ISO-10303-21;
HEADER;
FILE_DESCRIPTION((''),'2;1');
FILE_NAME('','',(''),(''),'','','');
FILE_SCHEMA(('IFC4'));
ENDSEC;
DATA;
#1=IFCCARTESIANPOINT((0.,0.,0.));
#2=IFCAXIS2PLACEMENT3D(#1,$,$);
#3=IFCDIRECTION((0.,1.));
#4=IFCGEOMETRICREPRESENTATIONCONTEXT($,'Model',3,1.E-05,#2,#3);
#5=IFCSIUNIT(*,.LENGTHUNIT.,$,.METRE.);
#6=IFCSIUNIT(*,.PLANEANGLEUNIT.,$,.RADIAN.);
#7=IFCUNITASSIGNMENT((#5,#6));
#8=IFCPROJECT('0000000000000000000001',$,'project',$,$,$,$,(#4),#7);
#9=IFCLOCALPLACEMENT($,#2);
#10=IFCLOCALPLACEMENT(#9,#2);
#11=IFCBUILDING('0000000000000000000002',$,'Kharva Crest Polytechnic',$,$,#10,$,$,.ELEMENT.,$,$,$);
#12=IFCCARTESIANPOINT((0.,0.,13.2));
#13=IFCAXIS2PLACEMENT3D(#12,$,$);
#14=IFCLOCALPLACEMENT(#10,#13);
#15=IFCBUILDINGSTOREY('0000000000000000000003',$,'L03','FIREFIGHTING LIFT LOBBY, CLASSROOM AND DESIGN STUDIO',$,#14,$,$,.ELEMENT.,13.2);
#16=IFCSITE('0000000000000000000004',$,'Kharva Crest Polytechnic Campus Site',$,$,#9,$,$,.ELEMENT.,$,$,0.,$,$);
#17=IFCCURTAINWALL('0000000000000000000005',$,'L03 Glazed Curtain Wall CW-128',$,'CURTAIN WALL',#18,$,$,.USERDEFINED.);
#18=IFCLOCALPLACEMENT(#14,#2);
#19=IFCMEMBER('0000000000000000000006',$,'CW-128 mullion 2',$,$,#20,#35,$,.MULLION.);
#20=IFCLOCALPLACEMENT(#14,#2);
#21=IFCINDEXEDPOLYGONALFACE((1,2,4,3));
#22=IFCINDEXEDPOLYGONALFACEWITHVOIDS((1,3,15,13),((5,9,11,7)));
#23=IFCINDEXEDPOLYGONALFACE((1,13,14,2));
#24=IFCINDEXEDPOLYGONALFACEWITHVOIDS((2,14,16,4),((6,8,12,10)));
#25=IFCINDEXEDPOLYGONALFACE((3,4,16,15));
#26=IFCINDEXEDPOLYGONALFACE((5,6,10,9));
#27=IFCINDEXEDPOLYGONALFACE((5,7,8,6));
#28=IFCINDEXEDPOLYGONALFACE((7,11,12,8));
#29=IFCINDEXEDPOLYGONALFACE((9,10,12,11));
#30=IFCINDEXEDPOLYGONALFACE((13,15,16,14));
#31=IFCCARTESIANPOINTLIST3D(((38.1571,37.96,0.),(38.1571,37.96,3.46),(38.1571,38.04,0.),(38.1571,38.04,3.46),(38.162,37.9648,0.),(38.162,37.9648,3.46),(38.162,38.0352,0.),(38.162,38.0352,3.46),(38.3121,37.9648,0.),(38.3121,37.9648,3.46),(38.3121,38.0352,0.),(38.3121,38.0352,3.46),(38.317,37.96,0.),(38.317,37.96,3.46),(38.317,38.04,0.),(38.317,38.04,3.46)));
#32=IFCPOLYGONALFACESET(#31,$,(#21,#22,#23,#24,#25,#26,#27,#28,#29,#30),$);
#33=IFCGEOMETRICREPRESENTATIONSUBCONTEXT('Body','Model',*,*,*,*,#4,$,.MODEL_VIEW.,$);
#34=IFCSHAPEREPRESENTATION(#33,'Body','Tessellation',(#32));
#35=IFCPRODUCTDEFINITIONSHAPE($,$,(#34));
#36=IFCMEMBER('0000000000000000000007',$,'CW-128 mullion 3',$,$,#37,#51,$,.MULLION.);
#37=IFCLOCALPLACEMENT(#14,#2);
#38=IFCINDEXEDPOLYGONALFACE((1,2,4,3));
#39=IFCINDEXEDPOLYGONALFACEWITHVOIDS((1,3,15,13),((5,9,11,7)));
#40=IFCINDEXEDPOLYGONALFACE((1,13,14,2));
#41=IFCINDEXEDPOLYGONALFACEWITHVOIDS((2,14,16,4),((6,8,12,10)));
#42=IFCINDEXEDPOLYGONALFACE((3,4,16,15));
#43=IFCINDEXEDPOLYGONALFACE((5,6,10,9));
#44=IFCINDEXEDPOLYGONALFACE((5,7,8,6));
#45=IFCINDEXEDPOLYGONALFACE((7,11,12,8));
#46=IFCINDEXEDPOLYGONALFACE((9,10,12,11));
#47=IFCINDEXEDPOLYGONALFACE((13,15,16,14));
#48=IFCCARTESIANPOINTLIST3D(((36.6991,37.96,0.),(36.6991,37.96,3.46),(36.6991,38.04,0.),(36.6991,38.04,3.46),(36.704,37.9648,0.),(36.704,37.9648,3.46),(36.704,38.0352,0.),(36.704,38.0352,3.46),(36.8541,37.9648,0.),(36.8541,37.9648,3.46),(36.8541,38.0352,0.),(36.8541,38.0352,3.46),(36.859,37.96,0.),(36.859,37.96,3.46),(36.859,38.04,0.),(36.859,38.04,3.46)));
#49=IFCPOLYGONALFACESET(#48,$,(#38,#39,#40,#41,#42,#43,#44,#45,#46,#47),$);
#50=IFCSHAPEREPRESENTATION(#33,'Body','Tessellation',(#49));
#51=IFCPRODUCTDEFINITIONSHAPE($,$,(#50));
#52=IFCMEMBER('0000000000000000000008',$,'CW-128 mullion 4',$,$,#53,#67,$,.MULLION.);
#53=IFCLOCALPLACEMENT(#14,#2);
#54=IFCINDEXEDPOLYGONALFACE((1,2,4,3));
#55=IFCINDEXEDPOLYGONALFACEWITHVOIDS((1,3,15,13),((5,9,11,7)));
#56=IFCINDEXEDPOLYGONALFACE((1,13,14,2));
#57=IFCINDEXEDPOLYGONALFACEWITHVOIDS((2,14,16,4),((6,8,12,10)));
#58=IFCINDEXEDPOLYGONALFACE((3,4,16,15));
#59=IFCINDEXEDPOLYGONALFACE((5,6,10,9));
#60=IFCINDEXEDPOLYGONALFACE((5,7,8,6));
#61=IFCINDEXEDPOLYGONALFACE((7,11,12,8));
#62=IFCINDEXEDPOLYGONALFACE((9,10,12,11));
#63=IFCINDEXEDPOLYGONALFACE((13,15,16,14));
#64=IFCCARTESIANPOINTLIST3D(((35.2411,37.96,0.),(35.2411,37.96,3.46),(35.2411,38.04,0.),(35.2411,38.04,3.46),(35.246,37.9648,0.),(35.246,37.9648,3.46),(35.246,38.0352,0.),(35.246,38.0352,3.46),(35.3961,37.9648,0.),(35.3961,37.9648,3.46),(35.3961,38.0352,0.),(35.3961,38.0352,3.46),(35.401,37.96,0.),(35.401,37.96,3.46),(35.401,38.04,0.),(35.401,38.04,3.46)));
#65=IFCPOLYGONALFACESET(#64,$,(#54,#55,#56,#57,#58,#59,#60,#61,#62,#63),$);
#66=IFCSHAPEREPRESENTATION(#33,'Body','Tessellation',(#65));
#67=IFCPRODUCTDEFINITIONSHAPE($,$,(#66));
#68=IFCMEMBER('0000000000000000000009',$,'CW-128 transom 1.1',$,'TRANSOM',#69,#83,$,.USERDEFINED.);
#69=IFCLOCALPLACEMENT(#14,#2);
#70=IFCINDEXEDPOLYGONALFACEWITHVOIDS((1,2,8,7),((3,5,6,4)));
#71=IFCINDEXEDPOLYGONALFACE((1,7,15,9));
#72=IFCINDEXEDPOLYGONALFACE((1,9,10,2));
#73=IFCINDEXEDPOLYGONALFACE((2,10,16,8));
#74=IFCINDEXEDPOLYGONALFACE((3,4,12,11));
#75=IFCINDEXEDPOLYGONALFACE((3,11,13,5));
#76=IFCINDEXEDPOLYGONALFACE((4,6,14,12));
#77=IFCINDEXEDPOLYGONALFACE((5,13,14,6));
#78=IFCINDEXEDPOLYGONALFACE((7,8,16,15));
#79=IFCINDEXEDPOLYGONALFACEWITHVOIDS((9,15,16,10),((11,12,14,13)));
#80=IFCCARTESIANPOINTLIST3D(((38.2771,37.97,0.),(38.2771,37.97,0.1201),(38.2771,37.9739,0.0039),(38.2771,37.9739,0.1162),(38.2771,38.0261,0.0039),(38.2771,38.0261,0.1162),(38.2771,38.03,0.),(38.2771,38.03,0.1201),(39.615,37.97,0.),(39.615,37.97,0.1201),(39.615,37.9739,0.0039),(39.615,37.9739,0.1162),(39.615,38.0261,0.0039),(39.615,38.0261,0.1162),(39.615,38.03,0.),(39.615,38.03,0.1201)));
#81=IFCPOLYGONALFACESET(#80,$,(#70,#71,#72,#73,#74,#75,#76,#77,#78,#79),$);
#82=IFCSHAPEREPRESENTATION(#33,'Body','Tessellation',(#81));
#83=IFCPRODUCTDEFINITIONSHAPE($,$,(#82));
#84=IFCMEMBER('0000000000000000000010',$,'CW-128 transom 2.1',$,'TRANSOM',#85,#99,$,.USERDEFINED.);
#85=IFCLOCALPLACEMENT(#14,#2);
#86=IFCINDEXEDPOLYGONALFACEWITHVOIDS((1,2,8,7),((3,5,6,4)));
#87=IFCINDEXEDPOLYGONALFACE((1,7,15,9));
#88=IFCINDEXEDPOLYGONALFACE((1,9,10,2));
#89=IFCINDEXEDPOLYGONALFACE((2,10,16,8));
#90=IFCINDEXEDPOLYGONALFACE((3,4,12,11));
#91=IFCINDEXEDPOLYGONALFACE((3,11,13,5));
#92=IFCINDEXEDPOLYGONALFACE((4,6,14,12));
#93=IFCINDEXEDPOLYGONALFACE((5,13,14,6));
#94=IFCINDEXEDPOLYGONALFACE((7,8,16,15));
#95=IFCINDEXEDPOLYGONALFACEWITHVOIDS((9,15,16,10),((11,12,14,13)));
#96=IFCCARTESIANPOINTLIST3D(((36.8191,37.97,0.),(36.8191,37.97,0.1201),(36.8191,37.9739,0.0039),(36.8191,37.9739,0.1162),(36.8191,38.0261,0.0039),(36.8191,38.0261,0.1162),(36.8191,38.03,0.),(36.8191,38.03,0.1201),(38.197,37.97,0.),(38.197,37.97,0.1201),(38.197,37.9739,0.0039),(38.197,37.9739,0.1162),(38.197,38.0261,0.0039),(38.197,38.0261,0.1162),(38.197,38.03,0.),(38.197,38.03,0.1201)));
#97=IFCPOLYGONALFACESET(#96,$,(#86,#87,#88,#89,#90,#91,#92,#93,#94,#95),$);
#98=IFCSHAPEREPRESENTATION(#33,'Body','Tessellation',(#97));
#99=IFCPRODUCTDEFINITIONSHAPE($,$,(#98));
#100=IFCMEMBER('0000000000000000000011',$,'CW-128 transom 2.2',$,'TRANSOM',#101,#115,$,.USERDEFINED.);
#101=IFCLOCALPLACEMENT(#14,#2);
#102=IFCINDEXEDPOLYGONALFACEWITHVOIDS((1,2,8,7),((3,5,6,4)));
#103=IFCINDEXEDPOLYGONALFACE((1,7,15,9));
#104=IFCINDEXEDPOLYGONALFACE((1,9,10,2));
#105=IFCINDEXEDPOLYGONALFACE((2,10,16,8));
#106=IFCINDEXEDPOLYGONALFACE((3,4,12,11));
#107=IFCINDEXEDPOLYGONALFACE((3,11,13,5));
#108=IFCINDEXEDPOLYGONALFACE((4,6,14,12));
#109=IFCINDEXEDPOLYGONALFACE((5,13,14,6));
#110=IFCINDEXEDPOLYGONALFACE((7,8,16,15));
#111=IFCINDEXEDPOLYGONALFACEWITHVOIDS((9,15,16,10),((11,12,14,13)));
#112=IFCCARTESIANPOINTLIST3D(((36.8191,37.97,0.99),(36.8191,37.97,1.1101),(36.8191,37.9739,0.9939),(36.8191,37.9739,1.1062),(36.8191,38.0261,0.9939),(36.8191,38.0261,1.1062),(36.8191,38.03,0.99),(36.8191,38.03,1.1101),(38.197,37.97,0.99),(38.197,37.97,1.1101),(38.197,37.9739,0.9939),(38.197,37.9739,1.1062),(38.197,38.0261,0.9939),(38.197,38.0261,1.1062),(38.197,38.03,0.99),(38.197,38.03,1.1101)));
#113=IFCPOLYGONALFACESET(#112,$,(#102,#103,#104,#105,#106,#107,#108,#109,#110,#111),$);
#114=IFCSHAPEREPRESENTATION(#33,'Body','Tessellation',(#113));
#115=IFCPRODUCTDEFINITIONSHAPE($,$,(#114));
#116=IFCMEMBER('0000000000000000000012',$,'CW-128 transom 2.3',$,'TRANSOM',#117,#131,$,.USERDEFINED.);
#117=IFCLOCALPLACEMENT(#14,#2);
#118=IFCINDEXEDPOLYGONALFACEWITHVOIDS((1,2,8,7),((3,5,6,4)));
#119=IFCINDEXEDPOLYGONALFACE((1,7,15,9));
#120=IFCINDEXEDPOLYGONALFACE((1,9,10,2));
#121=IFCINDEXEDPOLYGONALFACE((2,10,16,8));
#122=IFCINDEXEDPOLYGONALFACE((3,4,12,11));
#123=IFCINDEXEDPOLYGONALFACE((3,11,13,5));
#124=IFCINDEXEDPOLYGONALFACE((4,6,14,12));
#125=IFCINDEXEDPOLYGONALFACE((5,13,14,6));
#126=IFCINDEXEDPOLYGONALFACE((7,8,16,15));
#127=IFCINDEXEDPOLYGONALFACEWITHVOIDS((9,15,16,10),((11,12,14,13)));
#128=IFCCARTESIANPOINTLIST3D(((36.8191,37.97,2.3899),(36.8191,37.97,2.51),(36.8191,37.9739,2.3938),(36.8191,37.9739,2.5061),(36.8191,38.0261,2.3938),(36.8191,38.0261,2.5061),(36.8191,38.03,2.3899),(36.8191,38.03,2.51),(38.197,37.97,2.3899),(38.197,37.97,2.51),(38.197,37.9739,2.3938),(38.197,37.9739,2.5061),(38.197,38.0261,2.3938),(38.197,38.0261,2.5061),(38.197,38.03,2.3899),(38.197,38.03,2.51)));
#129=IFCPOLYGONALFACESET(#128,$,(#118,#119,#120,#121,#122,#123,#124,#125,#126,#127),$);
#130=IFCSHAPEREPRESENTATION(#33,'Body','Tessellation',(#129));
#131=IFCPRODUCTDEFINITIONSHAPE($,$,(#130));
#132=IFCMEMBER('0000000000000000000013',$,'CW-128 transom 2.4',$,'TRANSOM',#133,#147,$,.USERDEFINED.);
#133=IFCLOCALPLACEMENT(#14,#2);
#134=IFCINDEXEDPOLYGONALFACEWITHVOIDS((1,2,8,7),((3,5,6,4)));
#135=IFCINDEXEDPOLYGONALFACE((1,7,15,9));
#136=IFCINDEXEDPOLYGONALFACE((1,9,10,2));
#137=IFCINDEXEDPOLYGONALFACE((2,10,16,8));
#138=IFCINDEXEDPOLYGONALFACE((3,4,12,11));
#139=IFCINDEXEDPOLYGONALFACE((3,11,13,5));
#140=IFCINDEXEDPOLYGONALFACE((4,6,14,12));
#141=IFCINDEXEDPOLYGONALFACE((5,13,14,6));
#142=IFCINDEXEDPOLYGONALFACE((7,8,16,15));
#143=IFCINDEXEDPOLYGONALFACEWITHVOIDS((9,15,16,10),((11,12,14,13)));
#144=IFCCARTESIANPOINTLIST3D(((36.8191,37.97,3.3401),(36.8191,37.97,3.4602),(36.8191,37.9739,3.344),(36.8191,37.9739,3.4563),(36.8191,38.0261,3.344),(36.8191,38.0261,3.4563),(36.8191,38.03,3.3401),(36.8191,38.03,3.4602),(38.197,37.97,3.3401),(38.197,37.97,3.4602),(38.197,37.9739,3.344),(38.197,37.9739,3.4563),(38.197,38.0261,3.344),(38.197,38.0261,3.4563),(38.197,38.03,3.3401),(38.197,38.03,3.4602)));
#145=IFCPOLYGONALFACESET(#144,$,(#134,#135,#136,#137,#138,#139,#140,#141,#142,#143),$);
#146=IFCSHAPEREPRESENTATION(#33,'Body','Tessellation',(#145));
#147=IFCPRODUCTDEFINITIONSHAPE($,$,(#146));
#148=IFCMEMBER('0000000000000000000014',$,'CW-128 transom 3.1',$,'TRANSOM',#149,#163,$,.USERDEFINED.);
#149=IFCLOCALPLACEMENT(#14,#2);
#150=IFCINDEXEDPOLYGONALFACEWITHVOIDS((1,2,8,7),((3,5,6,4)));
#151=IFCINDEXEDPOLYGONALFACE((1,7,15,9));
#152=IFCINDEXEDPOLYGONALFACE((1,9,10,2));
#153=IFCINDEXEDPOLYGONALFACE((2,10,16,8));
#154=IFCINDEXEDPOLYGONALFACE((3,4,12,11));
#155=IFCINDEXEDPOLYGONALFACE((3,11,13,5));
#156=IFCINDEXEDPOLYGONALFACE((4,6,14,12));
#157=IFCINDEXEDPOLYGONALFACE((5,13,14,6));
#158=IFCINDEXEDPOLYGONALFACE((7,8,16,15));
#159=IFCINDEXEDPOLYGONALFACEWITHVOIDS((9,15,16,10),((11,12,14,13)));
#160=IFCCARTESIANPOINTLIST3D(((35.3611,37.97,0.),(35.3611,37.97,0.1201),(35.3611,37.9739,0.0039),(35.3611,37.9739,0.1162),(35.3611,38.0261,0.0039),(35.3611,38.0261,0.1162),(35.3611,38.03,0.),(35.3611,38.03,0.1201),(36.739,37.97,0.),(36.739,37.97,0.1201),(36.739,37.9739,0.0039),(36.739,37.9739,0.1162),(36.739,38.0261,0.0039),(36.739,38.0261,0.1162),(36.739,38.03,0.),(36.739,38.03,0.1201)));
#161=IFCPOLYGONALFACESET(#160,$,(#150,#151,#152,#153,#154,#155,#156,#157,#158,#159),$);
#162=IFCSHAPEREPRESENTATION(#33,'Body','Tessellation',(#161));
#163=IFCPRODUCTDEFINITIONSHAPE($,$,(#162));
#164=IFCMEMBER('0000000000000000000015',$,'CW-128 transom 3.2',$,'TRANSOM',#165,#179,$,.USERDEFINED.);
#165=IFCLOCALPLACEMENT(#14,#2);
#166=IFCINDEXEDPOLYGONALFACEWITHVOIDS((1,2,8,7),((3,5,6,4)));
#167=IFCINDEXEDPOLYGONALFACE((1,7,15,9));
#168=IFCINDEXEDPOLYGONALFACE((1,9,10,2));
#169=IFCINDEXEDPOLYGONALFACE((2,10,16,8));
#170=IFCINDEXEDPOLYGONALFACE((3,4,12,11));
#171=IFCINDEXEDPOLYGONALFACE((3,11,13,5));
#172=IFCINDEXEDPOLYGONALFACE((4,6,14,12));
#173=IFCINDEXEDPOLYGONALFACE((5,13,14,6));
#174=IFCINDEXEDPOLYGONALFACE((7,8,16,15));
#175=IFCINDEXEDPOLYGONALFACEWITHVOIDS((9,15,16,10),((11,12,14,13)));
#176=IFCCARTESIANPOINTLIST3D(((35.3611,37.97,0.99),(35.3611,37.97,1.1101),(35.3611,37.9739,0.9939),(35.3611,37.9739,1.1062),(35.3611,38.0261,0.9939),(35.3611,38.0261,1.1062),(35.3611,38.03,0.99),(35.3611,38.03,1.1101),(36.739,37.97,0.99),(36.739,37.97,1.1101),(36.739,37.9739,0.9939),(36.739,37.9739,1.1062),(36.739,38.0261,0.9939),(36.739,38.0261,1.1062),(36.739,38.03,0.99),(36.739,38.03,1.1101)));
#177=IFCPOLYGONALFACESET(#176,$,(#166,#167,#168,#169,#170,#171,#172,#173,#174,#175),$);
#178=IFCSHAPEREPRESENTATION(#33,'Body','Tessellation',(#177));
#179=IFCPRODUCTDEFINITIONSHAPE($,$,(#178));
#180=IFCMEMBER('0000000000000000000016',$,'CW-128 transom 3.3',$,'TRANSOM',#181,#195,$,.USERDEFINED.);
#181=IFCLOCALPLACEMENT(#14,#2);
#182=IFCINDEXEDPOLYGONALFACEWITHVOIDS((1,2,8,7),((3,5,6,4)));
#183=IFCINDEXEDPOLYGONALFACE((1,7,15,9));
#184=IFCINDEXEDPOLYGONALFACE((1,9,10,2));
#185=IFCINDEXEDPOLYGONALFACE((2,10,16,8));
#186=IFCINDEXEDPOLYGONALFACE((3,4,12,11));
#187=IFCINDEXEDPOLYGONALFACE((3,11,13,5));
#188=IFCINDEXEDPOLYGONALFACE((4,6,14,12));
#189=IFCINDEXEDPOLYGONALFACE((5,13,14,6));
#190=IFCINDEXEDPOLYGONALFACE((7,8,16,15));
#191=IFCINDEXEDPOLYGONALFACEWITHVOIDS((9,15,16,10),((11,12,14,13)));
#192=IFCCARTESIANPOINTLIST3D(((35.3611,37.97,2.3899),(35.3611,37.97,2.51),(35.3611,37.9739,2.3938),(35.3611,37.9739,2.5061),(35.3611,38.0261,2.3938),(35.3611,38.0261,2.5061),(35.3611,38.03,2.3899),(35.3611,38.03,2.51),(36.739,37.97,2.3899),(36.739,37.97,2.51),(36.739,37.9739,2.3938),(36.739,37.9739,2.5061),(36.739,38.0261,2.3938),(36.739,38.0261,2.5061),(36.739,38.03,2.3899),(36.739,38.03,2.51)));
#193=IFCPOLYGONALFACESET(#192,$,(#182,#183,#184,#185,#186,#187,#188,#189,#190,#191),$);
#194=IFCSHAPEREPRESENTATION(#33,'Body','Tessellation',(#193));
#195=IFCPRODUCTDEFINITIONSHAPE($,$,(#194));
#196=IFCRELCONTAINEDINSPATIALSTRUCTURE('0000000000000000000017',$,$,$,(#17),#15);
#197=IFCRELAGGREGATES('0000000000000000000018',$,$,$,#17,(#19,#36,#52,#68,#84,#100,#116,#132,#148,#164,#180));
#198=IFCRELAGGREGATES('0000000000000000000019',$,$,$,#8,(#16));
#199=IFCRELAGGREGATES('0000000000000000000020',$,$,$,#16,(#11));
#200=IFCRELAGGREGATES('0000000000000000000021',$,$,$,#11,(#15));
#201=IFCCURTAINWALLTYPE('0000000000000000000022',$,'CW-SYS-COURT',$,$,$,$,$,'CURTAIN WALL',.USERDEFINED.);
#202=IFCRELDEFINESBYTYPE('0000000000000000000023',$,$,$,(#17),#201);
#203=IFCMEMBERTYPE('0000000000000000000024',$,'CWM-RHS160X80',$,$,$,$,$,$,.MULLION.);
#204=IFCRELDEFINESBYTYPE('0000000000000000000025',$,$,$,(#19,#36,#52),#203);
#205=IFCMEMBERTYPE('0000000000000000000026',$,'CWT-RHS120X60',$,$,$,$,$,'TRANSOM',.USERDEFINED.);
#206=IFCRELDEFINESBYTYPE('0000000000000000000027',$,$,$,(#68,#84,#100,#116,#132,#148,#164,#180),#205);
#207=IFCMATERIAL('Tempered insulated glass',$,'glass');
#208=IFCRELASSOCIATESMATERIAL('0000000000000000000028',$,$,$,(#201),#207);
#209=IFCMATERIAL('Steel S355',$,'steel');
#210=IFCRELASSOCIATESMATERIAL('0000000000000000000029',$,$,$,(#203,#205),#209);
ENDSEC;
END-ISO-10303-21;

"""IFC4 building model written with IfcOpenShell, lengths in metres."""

from ifc_helpers import new_model, si_unit, direction, frame, origin, origin_2d, place, context, subcontext, project, spatial, hollow_rectangle, extrude, material, material_profile, profile_set, type_object, element, aggregate, save


model = new_model("IFC4")

# Units and contexts
model_context = context("Model", 3, precision=1e-05, world=origin(), true_north=direction((0.0, 1.0)))
body_context = subcontext(model_context, "Body", "Model", "MODEL_VIEW")
ifc_project = project(units=[si_unit("LENGTHUNIT", "METRE"), si_unit("PLANEANGLEUNIT", "RADIAN")], contexts=[model_context])

# Site, building, storey
site_placement = place(None, origin())
site = spatial("IfcSite", under=ifc_project, at=site_placement, Name="Kharva Crest Polytechnic Campus Site", CompositionType="ELEMENT", RefElevation=0.0)
building_placement = place(site_placement, origin())
building = spatial("IfcBuilding", under=site, at=building_placement, Name="Kharva Crest Polytechnic", CompositionType="ELEMENT")
storey_placement = place(building_placement, frame((0.0, 0.0, 13.2)))
storey = spatial("IfcBuildingStorey", under=building, at=storey_placement, Name="L03", Description="FIREFIGHTING LIFT LOBBY, CLASSROOM AND DESIGN STUDIO", CompositionType="ELEMENT", Elevation=13.2)

# Curtain wall, members
ifc_material_1 = material(Name="Tempered insulated glass", Category="glass")
curtain_wall_type = type_object("IfcCurtainWallType", Name="CW-SYS-COURT", ElementType="CURTAIN WALL", PredefinedType="USERDEFINED", material=ifc_material_1)
curtain_wall_placement = place(storey_placement, origin())
curtain_wall = element("IfcCurtainWall", 1, at=curtain_wall_placement, inside=storey, type_object=curtain_wall_type, Name="L03 Glazed Curtain Wall CW-128", ObjectType="CURTAIN WALL", PredefinedType="USERDEFINED")
ifc_material_2 = material(Name="Steel S355", Category="steel")
ifc_material_profile_1 = material_profile(ifc_material_2, hollow_rectangle(XDim=0.0801, YDim=0.1599, WallThickness=0.0049, at=origin_2d()), Name="RHS 160X80X5.0")
ifc_profile_set_1 = profile_set([ifc_material_profile_1], Name="Steel S355")
member_type_1 = type_object("IfcMemberType", Name="CWM-RHS160X80", PredefinedType="MULLION", material=ifc_profile_set_1)
member_1_placement = place(storey_placement, frame((38.2371, 38.0, 0.0), z_axis=(0.0, 0.0, 1.0), x_axis=(0.0, -1.0, 0.0)))
member_1 = element("IfcMember", 2, at=member_1_placement, type_object=member_type_1, Name="CW-128 mullion 2", PredefinedType="MULLION", context=body_context, shape_type="SweptSolid", body=[
    extrude(hollow_rectangle(XDim=0.0801, YDim=0.1599, WallThickness=0.0049, at=origin_2d()), origin(), (0.0, 0.0, 1.0), 3.46),
])
member_2_placement = place(storey_placement, frame((36.7791, 38.0, 0.0), z_axis=(0.0, 0.0, 1.0), x_axis=(0.0, -1.0, 0.0)))
member_2 = element("IfcMember", 3, at=member_2_placement, type_object=member_type_1, Name="CW-128 mullion 3", PredefinedType="MULLION", context=body_context, shape_type="SweptSolid", body=[
    extrude(hollow_rectangle(XDim=0.0801, YDim=0.1599, WallThickness=0.0049, at=origin_2d()), origin(), (0.0, 0.0, 1.0), 3.46),
])
member_3_placement = place(storey_placement, frame((35.321, 38.0, 0.0), z_axis=(0.0, 0.0, 1.0), x_axis=(0.0, -1.0, 0.0)))
member_3 = element("IfcMember", 4, at=member_3_placement, type_object=member_type_1, Name="CW-128 mullion 4", PredefinedType="MULLION", context=body_context, shape_type="SweptSolid", body=[
    extrude(hollow_rectangle(XDim=0.0801, YDim=0.1599, WallThickness=0.0049, at=origin_2d()), origin(), (0.0, 0.0, 1.0), 3.46),
])
ifc_material_profile_2 = material_profile(ifc_material_2, hollow_rectangle(XDim=0.0601, YDim=0.1201, WallThickness=0.0039, at=origin_2d()), Name="RHS 120X60X4.0")
ifc_profile_set_2 = profile_set([ifc_material_profile_2], Name="Steel S355")
member_type_2 = type_object("IfcMemberType", Name="CWT-RHS120X60", ElementType="TRANSOM", PredefinedType="USERDEFINED", material=ifc_profile_set_2)
member_4_placement = place(storey_placement, frame((39.615, 38.0, 0.0601), z_axis=(-1.0, 0.0, 0.0), x_axis=(0.0, -1.0, 0.0)))
member_4 = element("IfcMember", 5, at=member_4_placement, type_object=member_type_2, Name="CW-128 transom 1.1", ObjectType="TRANSOM", PredefinedType="USERDEFINED", context=body_context, shape_type="SweptSolid", body=[
    extrude(hollow_rectangle(XDim=0.0601, YDim=0.1201, WallThickness=0.0039, at=origin_2d()), origin(), (0.0, 0.0, 1.0), 1.3379),
])
member_5_placement = place(storey_placement, frame((38.197, 38.0, 0.0601), z_axis=(-1.0, 0.0, 0.0), x_axis=(0.0, -1.0, 0.0)))
member_5 = element("IfcMember", 6, at=member_5_placement, type_object=member_type_2, Name="CW-128 transom 2.1", ObjectType="TRANSOM", PredefinedType="USERDEFINED", context=body_context, shape_type="SweptSolid", body=[
    extrude(hollow_rectangle(XDim=0.0601, YDim=0.1201, WallThickness=0.0039, at=origin_2d()), origin(), (0.0, 0.0, 1.0), 1.3779),
])
member_6_placement = place(storey_placement, frame((38.197, 38.0, 1.05), z_axis=(-1.0, 0.0, 0.0), x_axis=(0.0, -1.0, 0.0)))
member_6 = element("IfcMember", 7, at=member_6_placement, type_object=member_type_2, Name="CW-128 transom 2.2", ObjectType="TRANSOM", PredefinedType="USERDEFINED", context=body_context, shape_type="SweptSolid", body=[
    extrude(hollow_rectangle(XDim=0.0601, YDim=0.1201, WallThickness=0.0039, at=origin_2d()), origin(), (0.0, 0.0, 1.0), 1.3779),
])
member_7_placement = place(storey_placement, frame((38.197, 38.0, 2.45), z_axis=(-1.0, 0.0, 0.0), x_axis=(0.0, -1.0, 0.0)))
member_7 = element("IfcMember", 8, at=member_7_placement, type_object=member_type_2, Name="CW-128 transom 2.3", ObjectType="TRANSOM", PredefinedType="USERDEFINED", context=body_context, shape_type="SweptSolid", body=[
    extrude(hollow_rectangle(XDim=0.0601, YDim=0.1201, WallThickness=0.0039, at=origin_2d()), origin(), (0.0, 0.0, 1.0), 1.3779),
])
member_8_placement = place(storey_placement, frame((38.197, 38.0, 3.4001), z_axis=(-1.0, 0.0, 0.0), x_axis=(0.0, -1.0, 0.0)))
member_8 = element("IfcMember", 9, at=member_8_placement, type_object=member_type_2, Name="CW-128 transom 2.4", ObjectType="TRANSOM", PredefinedType="USERDEFINED", context=body_context, shape_type="SweptSolid", body=[
    extrude(hollow_rectangle(XDim=0.0601, YDim=0.1201, WallThickness=0.0039, at=origin_2d()), origin(), (0.0, 0.0, 1.0), 1.3779),
])
member_9_placement = place(storey_placement, frame((36.739, 38.0, 0.0601), z_axis=(-1.0, 0.0, 0.0), x_axis=(0.0, -1.0, 0.0)))
member_9 = element("IfcMember", 10, at=member_9_placement, type_object=member_type_2, Name="CW-128 transom 3.1", ObjectType="TRANSOM", PredefinedType="USERDEFINED", context=body_context, shape_type="SweptSolid", body=[
    extrude(hollow_rectangle(XDim=0.0601, YDim=0.1201, WallThickness=0.0039, at=origin_2d()), origin(), (0.0, 0.0, 1.0), 1.3779),
])
member_10_placement = place(storey_placement, frame((36.739, 38.0, 1.05), z_axis=(-1.0, 0.0, 0.0), x_axis=(0.0, -1.0, 0.0)))
member_10 = element("IfcMember", 11, at=member_10_placement, type_object=member_type_2, Name="CW-128 transom 3.2", ObjectType="TRANSOM", PredefinedType="USERDEFINED", context=body_context, shape_type="SweptSolid", body=[
    extrude(hollow_rectangle(XDim=0.0601, YDim=0.1201, WallThickness=0.0039, at=origin_2d()), origin(), (0.0, 0.0, 1.0), 1.3779),
])
member_11_placement = place(storey_placement, frame((36.739, 38.0, 2.45), z_axis=(-1.0, 0.0, 0.0), x_axis=(0.0, -1.0, 0.0)))
member_11 = element("IfcMember", 12, at=member_11_placement, type_object=member_type_2, Name="CW-128 transom 3.3", ObjectType="TRANSOM", PredefinedType="USERDEFINED", context=body_context, shape_type="SweptSolid", body=[
    extrude(hollow_rectangle(XDim=0.0601, YDim=0.1201, WallThickness=0.0039, at=origin_2d()), origin(), (0.0, 0.0, 1.0), 1.3779),
])
aggregate(curtain_wall, [member_1, member_2, member_3, member_4, member_5, member_6, member_7, member_8, member_9, member_10, member_11])

save(model, "model.ifc")
